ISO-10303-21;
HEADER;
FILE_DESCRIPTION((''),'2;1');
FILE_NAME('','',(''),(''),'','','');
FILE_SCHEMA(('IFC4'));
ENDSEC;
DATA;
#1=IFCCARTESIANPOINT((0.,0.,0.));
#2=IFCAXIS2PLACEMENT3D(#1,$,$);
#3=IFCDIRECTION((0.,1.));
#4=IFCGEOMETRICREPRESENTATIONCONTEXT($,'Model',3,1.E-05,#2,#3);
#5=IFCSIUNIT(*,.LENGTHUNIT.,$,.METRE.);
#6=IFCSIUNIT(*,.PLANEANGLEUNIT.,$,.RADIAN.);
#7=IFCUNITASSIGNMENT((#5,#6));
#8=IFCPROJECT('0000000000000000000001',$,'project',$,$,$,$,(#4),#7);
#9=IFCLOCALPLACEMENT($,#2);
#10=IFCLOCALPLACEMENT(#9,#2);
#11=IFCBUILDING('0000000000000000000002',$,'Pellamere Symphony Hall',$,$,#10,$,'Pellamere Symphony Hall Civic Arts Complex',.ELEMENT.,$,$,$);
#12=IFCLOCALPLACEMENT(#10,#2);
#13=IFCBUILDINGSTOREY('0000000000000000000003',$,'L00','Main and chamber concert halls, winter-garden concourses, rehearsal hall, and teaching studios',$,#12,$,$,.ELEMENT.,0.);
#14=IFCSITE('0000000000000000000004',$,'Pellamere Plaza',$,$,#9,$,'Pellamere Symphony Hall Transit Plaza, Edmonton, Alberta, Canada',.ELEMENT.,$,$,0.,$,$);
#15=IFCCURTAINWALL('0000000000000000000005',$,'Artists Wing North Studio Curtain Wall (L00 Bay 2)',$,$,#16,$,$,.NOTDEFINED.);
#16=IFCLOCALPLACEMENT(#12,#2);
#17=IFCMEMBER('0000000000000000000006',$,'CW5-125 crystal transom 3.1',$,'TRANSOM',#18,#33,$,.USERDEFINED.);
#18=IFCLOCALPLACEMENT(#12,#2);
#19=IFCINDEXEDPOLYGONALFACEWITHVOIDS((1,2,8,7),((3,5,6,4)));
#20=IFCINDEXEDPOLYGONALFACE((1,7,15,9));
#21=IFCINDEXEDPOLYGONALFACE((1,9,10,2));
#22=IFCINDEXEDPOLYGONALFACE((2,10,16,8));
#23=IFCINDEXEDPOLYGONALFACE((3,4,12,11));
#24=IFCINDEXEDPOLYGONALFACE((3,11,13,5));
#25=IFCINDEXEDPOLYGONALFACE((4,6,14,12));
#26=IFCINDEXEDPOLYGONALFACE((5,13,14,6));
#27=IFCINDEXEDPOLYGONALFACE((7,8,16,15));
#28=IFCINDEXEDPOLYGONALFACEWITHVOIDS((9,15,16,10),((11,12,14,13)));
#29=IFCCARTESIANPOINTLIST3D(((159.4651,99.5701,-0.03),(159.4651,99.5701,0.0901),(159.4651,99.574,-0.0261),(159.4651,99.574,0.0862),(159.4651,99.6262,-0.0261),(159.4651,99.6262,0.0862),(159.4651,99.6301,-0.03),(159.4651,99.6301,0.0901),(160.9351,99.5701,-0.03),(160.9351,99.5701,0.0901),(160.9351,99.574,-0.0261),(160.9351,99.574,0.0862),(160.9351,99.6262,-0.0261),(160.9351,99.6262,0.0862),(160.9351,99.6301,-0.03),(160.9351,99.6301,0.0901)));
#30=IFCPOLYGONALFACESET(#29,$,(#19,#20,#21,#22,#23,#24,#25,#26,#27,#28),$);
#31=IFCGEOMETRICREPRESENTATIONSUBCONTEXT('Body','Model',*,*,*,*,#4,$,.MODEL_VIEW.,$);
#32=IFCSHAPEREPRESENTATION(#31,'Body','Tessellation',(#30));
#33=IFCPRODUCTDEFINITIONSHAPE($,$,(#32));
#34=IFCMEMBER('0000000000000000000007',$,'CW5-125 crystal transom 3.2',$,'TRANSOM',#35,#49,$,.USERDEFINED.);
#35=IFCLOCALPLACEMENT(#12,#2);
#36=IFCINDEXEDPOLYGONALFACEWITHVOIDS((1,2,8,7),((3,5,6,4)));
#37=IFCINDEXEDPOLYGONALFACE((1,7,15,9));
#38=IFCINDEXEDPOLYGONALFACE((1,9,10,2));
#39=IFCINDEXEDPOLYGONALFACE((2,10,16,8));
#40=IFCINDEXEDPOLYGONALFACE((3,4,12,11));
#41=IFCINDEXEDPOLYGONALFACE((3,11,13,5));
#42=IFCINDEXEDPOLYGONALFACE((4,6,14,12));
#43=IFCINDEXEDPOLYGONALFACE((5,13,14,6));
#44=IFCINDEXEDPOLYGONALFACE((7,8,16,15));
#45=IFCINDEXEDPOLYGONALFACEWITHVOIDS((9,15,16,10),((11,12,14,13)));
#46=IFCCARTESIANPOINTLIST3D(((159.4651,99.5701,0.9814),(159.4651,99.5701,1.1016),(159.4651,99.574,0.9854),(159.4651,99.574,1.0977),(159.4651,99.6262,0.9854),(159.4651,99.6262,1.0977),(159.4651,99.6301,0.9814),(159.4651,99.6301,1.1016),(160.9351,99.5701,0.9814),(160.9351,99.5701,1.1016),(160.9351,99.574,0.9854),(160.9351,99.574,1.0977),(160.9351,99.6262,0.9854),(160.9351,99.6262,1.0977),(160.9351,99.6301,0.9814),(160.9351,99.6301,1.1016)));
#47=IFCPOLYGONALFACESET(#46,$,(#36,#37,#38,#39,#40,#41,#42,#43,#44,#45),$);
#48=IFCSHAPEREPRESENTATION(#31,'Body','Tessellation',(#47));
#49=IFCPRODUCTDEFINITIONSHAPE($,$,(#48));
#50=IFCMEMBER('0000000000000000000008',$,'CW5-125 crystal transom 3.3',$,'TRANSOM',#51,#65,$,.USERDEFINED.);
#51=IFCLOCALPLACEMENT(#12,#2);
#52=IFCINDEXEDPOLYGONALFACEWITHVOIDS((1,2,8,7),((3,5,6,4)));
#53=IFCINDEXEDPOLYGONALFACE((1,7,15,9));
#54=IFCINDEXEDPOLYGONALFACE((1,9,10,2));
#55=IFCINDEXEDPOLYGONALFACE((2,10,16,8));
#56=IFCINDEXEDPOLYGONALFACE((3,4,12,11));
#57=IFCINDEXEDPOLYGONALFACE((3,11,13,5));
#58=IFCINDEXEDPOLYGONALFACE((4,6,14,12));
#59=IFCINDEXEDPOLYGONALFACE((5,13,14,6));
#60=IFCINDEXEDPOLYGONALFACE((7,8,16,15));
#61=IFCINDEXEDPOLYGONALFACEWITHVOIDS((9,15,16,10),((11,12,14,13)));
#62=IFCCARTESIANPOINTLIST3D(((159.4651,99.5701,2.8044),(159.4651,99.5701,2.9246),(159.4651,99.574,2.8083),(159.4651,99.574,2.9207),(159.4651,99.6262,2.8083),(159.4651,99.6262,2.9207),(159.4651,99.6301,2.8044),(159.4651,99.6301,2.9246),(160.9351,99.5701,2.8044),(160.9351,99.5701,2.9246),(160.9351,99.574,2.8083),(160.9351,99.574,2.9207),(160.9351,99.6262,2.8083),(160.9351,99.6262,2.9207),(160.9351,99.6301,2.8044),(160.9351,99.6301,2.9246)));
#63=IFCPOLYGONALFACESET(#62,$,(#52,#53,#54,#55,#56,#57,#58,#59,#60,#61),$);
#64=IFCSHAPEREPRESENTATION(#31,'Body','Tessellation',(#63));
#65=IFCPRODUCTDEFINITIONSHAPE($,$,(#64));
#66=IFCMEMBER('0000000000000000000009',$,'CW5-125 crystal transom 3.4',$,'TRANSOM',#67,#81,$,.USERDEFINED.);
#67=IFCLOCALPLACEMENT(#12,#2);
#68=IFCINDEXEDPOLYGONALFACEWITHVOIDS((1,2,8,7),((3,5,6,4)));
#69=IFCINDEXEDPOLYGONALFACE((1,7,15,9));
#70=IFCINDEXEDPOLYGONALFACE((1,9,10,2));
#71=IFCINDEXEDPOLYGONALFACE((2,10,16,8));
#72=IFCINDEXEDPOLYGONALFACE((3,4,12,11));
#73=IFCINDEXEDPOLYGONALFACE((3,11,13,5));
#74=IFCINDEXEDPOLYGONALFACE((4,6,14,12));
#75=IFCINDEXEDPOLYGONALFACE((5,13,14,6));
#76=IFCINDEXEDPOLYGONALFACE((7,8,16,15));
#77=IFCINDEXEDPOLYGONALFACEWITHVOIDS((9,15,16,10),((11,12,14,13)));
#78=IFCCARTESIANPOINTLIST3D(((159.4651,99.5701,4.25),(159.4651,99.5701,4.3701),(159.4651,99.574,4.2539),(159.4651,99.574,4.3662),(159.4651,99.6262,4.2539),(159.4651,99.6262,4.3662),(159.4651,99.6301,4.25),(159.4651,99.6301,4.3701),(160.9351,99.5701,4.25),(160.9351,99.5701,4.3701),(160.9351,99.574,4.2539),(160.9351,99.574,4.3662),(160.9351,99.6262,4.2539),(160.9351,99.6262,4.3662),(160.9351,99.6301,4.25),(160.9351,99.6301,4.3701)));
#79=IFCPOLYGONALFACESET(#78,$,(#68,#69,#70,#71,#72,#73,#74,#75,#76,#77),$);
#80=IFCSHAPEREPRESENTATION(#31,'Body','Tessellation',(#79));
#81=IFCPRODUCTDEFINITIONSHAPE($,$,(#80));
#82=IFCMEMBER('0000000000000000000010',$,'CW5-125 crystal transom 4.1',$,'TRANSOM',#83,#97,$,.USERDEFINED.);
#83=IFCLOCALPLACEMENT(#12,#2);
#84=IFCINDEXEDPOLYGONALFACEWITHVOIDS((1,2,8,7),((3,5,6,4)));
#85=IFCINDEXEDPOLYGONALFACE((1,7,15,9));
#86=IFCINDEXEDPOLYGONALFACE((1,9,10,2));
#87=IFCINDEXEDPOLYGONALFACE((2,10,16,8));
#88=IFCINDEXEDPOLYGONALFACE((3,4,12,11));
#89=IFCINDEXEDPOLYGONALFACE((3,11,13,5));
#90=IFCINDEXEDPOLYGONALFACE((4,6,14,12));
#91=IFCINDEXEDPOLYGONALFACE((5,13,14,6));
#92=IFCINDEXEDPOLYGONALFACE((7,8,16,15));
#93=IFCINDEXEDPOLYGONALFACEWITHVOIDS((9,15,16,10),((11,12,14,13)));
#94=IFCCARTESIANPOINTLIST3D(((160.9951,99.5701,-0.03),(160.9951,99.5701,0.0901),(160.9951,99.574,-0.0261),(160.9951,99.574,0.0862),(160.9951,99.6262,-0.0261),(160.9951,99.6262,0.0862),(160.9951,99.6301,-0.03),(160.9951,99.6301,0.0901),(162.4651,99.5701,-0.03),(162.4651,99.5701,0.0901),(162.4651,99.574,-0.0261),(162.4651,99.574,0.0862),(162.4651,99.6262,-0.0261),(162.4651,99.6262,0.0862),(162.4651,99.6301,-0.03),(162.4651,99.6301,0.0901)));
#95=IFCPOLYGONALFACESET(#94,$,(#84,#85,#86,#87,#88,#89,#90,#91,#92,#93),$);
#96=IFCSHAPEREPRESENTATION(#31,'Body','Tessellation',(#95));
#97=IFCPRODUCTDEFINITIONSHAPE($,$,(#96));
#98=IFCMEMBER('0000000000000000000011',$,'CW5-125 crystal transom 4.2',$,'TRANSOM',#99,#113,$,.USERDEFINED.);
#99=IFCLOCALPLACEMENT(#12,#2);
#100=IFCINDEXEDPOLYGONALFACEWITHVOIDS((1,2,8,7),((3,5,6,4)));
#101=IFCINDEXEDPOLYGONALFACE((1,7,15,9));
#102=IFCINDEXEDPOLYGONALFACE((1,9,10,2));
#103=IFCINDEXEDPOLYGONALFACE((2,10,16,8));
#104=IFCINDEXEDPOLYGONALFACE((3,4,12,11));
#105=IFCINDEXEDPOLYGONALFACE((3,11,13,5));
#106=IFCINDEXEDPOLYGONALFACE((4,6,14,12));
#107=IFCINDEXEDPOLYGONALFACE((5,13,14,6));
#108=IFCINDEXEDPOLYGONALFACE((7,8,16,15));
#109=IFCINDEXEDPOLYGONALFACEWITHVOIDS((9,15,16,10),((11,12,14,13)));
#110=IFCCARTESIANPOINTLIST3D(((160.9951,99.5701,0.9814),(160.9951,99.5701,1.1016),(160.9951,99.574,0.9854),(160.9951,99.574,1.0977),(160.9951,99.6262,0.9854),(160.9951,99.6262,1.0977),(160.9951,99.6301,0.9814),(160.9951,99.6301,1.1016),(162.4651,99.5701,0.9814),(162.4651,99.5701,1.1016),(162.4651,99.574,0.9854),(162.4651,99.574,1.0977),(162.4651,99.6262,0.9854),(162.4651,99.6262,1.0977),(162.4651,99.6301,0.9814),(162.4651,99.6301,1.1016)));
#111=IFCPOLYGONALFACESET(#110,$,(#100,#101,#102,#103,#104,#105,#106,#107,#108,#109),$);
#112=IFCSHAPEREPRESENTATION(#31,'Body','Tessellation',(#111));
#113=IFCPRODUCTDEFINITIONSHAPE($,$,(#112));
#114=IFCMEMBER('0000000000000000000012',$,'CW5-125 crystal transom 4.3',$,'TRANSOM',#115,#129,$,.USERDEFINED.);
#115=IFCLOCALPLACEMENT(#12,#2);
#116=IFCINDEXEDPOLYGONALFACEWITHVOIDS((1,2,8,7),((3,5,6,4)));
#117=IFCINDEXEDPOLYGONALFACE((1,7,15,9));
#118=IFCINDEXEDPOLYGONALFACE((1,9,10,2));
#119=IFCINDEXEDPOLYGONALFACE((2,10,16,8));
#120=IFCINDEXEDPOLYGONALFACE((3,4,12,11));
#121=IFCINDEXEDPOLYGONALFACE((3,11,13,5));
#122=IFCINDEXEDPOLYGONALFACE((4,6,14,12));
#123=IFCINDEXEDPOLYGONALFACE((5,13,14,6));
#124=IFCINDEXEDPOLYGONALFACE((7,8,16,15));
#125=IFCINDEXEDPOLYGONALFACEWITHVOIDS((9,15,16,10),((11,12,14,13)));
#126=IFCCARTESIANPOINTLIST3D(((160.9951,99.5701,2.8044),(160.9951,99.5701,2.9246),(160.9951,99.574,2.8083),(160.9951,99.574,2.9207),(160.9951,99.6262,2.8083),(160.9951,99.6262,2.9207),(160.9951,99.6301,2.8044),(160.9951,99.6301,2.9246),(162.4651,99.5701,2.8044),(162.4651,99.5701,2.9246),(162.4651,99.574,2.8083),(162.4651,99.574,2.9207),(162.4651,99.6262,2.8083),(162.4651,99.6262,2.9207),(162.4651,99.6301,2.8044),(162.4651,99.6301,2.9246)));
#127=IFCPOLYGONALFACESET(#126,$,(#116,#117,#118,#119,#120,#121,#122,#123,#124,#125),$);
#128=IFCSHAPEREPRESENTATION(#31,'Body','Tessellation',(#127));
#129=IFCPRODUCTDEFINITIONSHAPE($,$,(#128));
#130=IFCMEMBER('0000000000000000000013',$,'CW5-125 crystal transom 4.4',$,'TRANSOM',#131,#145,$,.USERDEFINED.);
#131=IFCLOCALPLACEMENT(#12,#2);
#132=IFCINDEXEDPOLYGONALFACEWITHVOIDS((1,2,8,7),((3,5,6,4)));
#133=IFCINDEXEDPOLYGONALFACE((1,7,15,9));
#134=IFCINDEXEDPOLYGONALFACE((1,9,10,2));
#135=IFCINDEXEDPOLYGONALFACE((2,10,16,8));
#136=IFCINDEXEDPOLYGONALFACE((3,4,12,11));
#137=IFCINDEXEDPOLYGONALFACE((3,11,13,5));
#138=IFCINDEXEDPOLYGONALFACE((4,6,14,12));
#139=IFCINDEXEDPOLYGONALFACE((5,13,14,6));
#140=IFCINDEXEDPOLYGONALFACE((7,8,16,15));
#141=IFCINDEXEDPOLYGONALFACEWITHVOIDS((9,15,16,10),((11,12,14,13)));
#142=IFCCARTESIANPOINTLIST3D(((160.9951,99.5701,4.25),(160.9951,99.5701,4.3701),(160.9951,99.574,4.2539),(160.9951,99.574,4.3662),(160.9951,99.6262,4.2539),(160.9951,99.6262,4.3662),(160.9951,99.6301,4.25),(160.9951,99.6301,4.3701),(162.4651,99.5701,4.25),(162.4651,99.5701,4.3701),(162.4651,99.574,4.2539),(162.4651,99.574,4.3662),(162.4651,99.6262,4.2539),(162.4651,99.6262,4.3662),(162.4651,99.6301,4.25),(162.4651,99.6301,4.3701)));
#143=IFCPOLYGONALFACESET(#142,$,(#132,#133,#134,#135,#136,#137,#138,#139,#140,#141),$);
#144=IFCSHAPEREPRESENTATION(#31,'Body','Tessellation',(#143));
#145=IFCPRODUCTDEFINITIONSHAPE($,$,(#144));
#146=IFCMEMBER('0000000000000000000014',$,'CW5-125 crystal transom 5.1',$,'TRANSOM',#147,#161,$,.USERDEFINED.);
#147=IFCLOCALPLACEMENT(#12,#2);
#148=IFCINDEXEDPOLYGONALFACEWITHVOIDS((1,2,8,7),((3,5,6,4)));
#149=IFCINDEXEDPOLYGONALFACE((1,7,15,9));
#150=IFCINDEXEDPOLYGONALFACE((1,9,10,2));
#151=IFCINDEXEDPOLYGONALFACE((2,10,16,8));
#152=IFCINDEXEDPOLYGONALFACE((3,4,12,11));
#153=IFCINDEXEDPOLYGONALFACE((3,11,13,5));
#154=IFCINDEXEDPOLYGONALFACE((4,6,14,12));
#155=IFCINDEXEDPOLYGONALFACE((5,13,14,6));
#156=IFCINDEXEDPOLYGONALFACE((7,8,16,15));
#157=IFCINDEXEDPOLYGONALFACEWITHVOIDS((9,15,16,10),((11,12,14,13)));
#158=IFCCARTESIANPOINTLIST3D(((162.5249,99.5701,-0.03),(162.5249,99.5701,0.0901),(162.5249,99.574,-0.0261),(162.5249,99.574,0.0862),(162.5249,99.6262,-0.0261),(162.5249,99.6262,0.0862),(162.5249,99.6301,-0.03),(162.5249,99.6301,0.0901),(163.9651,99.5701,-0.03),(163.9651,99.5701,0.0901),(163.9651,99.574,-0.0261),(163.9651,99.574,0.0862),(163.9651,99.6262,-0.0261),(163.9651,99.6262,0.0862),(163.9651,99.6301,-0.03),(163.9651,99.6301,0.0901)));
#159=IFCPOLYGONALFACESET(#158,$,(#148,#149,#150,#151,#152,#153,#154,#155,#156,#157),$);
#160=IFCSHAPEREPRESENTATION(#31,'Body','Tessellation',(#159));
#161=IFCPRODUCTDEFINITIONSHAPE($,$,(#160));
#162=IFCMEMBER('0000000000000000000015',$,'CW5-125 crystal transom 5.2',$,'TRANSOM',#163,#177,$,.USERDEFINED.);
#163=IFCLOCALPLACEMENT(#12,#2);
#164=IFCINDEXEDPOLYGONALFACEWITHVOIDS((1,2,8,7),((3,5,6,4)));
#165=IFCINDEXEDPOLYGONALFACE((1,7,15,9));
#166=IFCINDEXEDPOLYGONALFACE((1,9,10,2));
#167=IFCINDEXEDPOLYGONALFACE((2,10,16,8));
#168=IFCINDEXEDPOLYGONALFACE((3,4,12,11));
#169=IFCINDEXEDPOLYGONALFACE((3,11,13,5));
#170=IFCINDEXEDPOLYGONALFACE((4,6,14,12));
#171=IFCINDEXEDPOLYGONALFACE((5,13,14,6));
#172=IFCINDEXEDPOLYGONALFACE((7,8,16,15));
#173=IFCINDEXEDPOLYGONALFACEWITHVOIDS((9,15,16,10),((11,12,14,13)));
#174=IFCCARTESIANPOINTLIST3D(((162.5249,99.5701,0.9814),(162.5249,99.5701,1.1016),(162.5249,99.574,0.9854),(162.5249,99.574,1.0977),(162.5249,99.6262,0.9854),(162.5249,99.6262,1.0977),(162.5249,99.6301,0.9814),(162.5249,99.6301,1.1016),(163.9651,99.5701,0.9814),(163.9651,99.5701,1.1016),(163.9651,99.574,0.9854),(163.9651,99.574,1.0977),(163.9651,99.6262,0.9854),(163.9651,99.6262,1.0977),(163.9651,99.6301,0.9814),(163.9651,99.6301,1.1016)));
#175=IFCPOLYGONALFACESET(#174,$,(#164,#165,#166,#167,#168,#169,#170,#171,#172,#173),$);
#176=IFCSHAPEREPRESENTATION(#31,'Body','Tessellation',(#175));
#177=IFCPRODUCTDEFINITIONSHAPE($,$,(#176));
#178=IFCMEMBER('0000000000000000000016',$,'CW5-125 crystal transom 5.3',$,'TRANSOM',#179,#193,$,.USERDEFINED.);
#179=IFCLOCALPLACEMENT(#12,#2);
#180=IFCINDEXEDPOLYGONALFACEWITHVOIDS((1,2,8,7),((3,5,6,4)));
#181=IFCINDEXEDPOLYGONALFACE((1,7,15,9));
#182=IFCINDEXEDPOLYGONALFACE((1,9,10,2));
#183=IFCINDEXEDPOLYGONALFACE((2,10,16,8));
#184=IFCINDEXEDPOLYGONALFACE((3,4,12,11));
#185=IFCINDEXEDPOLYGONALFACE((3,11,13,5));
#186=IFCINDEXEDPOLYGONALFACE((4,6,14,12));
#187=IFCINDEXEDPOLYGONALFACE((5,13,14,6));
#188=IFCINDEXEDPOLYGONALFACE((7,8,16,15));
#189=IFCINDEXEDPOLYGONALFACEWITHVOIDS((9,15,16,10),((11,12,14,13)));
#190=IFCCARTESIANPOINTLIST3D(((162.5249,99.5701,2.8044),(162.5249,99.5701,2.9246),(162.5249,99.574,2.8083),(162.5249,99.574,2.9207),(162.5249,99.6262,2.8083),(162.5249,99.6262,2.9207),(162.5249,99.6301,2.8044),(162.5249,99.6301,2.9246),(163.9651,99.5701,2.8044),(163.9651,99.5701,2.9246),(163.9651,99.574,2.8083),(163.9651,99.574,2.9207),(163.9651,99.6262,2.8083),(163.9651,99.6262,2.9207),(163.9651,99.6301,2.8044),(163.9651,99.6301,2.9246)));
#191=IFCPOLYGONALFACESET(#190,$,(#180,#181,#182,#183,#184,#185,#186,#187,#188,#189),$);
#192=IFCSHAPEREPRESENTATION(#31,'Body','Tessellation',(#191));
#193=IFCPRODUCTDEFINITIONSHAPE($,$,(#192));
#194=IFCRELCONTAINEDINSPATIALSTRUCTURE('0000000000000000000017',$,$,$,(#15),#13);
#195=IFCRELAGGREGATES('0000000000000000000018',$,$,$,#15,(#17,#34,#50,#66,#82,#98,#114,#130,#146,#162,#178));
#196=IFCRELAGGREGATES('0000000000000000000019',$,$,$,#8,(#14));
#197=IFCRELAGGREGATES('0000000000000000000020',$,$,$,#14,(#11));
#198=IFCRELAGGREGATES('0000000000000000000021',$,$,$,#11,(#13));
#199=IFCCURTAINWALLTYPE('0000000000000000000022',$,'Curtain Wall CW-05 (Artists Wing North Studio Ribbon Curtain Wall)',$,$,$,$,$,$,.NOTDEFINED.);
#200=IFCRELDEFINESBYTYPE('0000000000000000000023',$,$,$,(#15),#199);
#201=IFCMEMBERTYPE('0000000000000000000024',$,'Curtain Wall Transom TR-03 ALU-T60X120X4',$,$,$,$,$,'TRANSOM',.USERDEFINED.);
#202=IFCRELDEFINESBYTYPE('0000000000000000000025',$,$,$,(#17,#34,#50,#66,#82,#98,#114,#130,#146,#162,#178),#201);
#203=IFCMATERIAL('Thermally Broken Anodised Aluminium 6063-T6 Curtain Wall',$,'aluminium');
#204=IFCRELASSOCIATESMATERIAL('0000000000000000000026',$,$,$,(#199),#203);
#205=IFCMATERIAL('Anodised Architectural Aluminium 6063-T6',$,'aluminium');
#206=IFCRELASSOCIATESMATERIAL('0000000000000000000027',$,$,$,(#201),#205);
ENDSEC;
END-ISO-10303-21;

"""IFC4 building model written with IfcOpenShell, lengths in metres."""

from ifc_helpers import new_model, si_unit, direction, frame, origin, origin_2d, place, context, subcontext, project, spatial, hollow_rectangle, extrude, material, material_profile, profile_set, type_object, element, aggregate, save


model = new_model("IFC4")

# Units and contexts
model_context = context("Model", 3, precision=1e-05, world=origin(), true_north=direction((0.0, 1.0)))
body_context = subcontext(model_context, "Body", "Model", "MODEL_VIEW")
ifc_project = project(units=[si_unit("LENGTHUNIT", "METRE"), si_unit("PLANEANGLEUNIT", "RADIAN")], contexts=[model_context])

# Site, building, storey
site_placement = place(None, origin())
site = spatial("IfcSite", under=ifc_project, at=site_placement, Name="Pellamere Plaza", LongName="Pellamere Symphony Hall Transit Plaza, Edmonton, Alberta, Canada", CompositionType="ELEMENT", RefElevation=0.0)
building_placement = place(site_placement, origin())
building = spatial("IfcBuilding", under=site, at=building_placement, Name="Pellamere Symphony Hall", LongName="Pellamere Symphony Hall Civic Arts Complex", CompositionType="ELEMENT")
storey_placement = place(building_placement, origin())
storey = spatial("IfcBuildingStorey", under=building, at=storey_placement, Name="L00", Description="Main and chamber concert halls, winter-garden concourses, rehearsal hall, and teaching studios", CompositionType="ELEMENT", Elevation=0.0)

# Curtain wall, members
ifc_material_1 = material(Name="Thermally Broken Anodised Aluminium 6063-T6 Curtain Wall", Category="aluminium")
curtain_wall_type = type_object("IfcCurtainWallType", Name="Curtain Wall CW-05 (Artists Wing North Studio Ribbon Curtain Wall)", PredefinedType="NOTDEFINED", material=ifc_material_1)
curtain_wall_placement = place(storey_placement, origin())
curtain_wall = element("IfcCurtainWall", 1, at=curtain_wall_placement, inside=storey, type_object=curtain_wall_type, Name="Artists Wing North Studio Curtain Wall (L00 Bay 2)", PredefinedType="NOTDEFINED")
ifc_material_2 = material(Name="Anodised Architectural Aluminium 6063-T6", Category="aluminium")
ifc_material_profile_1 = material_profile(ifc_material_2, hollow_rectangle(XDim=0.0601, YDim=0.1201, WallThickness=0.0039, at=origin_2d()), Name="ALU-T60X120X4")
ifc_profile_set_1 = profile_set([ifc_material_profile_1], Name="Anodised Architectural Aluminium 6063-T6")
member_type_1 = type_object("IfcMemberType", Name="Curtain Wall Transom TR-03 ALU-T60X120X4", ElementType="TRANSOM", PredefinedType="USERDEFINED", material=ifc_profile_set_1)
member_1_placement = place(storey_placement, frame((159.4651, 99.6001, 0.03), z_axis=(1.0, 0.0, 0.0), x_axis=(0.0, 1.0, 0.0)))
member_1 = element("IfcMember", 2, at=member_1_placement, type_object=member_type_1, Name="CW5-125 crystal transom 3.1", ObjectType="TRANSOM", PredefinedType="USERDEFINED", context=body_context, shape_type="SweptSolid", body=[
    extrude(hollow_rectangle(XDim=0.0601, YDim=0.1201, WallThickness=0.0039, at=origin_2d()), origin(), (0.0, 0.0, 1.0), 1.47),
])
member_2_placement = place(storey_placement, frame((159.4651, 99.6001, 1.0415), z_axis=(1.0, 0.0, 0.0), x_axis=(0.0, 1.0, 0.0)))
member_2 = element("IfcMember", 3, at=member_2_placement, type_object=member_type_1, Name="CW5-125 crystal transom 3.2", ObjectType="TRANSOM", PredefinedType="USERDEFINED", context=body_context, shape_type="SweptSolid", body=[
    extrude(hollow_rectangle(XDim=0.0601, YDim=0.1201, WallThickness=0.0039, at=origin_2d()), origin(), (0.0, 0.0, 1.0), 1.47),
])
member_3_placement = place(storey_placement, frame((159.4651, 99.6001, 2.8645), z_axis=(1.0, 0.0, 0.0), x_axis=(0.0, 1.0, 0.0)))
member_3 = element("IfcMember", 4, at=member_3_placement, type_object=member_type_1, Name="CW5-125 crystal transom 3.3", ObjectType="TRANSOM", PredefinedType="USERDEFINED", context=body_context, shape_type="SweptSolid", body=[
    extrude(hollow_rectangle(XDim=0.0601, YDim=0.1201, WallThickness=0.0039, at=origin_2d()), origin(), (0.0, 0.0, 1.0), 1.47),
])
member_4_placement = place(storey_placement, frame((159.4651, 99.6001, 4.3101), z_axis=(1.0, 0.0, 0.0), x_axis=(0.0, 1.0, 0.0)))
member_4 = element("IfcMember", 5, at=member_4_placement, type_object=member_type_1, Name="CW5-125 crystal transom 3.4", ObjectType="TRANSOM", PredefinedType="USERDEFINED", context=body_context, shape_type="SweptSolid", body=[
    extrude(hollow_rectangle(XDim=0.0601, YDim=0.1201, WallThickness=0.0039, at=origin_2d()), origin(), (0.0, 0.0, 1.0), 1.47),
])
member_5_placement = place(storey_placement, frame((160.9951, 99.6001, 0.03), z_axis=(1.0, 0.0, 0.0), x_axis=(0.0, 1.0, 0.0)))
member_5 = element("IfcMember", 6, at=member_5_placement, type_object=member_type_1, Name="CW5-125 crystal transom 4.1", ObjectType="TRANSOM", PredefinedType="USERDEFINED", context=body_context, shape_type="SweptSolid", body=[
    extrude(hollow_rectangle(XDim=0.0601, YDim=0.1201, WallThickness=0.0039, at=origin_2d()), origin(), (0.0, 0.0, 1.0), 1.47),
])
member_6_placement = place(storey_placement, frame((160.9951, 99.6001, 1.0415), z_axis=(1.0, 0.0, 0.0), x_axis=(0.0, 1.0, 0.0)))
member_6 = element("IfcMember", 7, at=member_6_placement, type_object=member_type_1, Name="CW5-125 crystal transom 4.2", ObjectType="TRANSOM", PredefinedType="USERDEFINED", context=body_context, shape_type="SweptSolid", body=[
    extrude(hollow_rectangle(XDim=0.0601, YDim=0.1201, WallThickness=0.0039, at=origin_2d()), origin(), (0.0, 0.0, 1.0), 1.47),
])
member_7_placement = place(storey_placement, frame((160.9951, 99.6001, 2.8645), z_axis=(1.0, 0.0, 0.0), x_axis=(0.0, 1.0, 0.0)))
member_7 = element("IfcMember", 8, at=member_7_placement, type_object=member_type_1, Name="CW5-125 crystal transom 4.3", ObjectType="TRANSOM", PredefinedType="USERDEFINED", context=body_context, shape_type="SweptSolid", body=[
    extrude(hollow_rectangle(XDim=0.0601, YDim=0.1201, WallThickness=0.0039, at=origin_2d()), origin(), (0.0, 0.0, 1.0), 1.47),
])
member_8_placement = place(storey_placement, frame((160.9951, 99.6001, 4.3101), z_axis=(1.0, 0.0, 0.0), x_axis=(0.0, 1.0, 0.0)))
member_8 = element("IfcMember", 9, at=member_8_placement, type_object=member_type_1, Name="CW5-125 crystal transom 4.4", ObjectType="TRANSOM", PredefinedType="USERDEFINED", context=body_context, shape_type="SweptSolid", body=[
    extrude(hollow_rectangle(XDim=0.0601, YDim=0.1201, WallThickness=0.0039, at=origin_2d()), origin(), (0.0, 0.0, 1.0), 1.47),
])
member_9_placement = place(storey_placement, frame((162.5249, 99.6001, 0.03), z_axis=(1.0, 0.0, 0.0), x_axis=(0.0, 1.0, 0.0)))
member_9 = element("IfcMember", 10, at=member_9_placement, type_object=member_type_1, Name="CW5-125 crystal transom 5.1", ObjectType="TRANSOM", PredefinedType="USERDEFINED", context=body_context, shape_type="SweptSolid", body=[
    extrude(hollow_rectangle(XDim=0.0601, YDim=0.1201, WallThickness=0.0039, at=origin_2d()), origin(), (0.0, 0.0, 1.0), 1.4402),
])
member_10_placement = place(storey_placement, frame((162.5249, 99.6001, 1.0415), z_axis=(1.0, 0.0, 0.0), x_axis=(0.0, 1.0, 0.0)))
member_10 = element("IfcMember", 11, at=member_10_placement, type_object=member_type_1, Name="CW5-125 crystal transom 5.2", ObjectType="TRANSOM", PredefinedType="USERDEFINED", context=body_context, shape_type="SweptSolid", body=[
    extrude(hollow_rectangle(XDim=0.0601, YDim=0.1201, WallThickness=0.0039, at=origin_2d()), origin(), (0.0, 0.0, 1.0), 1.4402),
])
member_11_placement = place(storey_placement, frame((162.5249, 99.6001, 2.8645), z_axis=(1.0, 0.0, 0.0), x_axis=(0.0, 1.0, 0.0)))
member_11 = element("IfcMember", 12, at=member_11_placement, type_object=member_type_1, Name="CW5-125 crystal transom 5.3", ObjectType="TRANSOM", PredefinedType="USERDEFINED", context=body_context, shape_type="SweptSolid", body=[
    extrude(hollow_rectangle(XDim=0.0601, YDim=0.1201, WallThickness=0.0039, at=origin_2d()), origin(), (0.0, 0.0, 1.0), 1.4402),
])

aggregate(curtain_wall, [member_1, member_2, member_3, member_4, member_5, member_6, member_7, member_8, member_9, member_10, member_11])

save(model, "model.ifc")
